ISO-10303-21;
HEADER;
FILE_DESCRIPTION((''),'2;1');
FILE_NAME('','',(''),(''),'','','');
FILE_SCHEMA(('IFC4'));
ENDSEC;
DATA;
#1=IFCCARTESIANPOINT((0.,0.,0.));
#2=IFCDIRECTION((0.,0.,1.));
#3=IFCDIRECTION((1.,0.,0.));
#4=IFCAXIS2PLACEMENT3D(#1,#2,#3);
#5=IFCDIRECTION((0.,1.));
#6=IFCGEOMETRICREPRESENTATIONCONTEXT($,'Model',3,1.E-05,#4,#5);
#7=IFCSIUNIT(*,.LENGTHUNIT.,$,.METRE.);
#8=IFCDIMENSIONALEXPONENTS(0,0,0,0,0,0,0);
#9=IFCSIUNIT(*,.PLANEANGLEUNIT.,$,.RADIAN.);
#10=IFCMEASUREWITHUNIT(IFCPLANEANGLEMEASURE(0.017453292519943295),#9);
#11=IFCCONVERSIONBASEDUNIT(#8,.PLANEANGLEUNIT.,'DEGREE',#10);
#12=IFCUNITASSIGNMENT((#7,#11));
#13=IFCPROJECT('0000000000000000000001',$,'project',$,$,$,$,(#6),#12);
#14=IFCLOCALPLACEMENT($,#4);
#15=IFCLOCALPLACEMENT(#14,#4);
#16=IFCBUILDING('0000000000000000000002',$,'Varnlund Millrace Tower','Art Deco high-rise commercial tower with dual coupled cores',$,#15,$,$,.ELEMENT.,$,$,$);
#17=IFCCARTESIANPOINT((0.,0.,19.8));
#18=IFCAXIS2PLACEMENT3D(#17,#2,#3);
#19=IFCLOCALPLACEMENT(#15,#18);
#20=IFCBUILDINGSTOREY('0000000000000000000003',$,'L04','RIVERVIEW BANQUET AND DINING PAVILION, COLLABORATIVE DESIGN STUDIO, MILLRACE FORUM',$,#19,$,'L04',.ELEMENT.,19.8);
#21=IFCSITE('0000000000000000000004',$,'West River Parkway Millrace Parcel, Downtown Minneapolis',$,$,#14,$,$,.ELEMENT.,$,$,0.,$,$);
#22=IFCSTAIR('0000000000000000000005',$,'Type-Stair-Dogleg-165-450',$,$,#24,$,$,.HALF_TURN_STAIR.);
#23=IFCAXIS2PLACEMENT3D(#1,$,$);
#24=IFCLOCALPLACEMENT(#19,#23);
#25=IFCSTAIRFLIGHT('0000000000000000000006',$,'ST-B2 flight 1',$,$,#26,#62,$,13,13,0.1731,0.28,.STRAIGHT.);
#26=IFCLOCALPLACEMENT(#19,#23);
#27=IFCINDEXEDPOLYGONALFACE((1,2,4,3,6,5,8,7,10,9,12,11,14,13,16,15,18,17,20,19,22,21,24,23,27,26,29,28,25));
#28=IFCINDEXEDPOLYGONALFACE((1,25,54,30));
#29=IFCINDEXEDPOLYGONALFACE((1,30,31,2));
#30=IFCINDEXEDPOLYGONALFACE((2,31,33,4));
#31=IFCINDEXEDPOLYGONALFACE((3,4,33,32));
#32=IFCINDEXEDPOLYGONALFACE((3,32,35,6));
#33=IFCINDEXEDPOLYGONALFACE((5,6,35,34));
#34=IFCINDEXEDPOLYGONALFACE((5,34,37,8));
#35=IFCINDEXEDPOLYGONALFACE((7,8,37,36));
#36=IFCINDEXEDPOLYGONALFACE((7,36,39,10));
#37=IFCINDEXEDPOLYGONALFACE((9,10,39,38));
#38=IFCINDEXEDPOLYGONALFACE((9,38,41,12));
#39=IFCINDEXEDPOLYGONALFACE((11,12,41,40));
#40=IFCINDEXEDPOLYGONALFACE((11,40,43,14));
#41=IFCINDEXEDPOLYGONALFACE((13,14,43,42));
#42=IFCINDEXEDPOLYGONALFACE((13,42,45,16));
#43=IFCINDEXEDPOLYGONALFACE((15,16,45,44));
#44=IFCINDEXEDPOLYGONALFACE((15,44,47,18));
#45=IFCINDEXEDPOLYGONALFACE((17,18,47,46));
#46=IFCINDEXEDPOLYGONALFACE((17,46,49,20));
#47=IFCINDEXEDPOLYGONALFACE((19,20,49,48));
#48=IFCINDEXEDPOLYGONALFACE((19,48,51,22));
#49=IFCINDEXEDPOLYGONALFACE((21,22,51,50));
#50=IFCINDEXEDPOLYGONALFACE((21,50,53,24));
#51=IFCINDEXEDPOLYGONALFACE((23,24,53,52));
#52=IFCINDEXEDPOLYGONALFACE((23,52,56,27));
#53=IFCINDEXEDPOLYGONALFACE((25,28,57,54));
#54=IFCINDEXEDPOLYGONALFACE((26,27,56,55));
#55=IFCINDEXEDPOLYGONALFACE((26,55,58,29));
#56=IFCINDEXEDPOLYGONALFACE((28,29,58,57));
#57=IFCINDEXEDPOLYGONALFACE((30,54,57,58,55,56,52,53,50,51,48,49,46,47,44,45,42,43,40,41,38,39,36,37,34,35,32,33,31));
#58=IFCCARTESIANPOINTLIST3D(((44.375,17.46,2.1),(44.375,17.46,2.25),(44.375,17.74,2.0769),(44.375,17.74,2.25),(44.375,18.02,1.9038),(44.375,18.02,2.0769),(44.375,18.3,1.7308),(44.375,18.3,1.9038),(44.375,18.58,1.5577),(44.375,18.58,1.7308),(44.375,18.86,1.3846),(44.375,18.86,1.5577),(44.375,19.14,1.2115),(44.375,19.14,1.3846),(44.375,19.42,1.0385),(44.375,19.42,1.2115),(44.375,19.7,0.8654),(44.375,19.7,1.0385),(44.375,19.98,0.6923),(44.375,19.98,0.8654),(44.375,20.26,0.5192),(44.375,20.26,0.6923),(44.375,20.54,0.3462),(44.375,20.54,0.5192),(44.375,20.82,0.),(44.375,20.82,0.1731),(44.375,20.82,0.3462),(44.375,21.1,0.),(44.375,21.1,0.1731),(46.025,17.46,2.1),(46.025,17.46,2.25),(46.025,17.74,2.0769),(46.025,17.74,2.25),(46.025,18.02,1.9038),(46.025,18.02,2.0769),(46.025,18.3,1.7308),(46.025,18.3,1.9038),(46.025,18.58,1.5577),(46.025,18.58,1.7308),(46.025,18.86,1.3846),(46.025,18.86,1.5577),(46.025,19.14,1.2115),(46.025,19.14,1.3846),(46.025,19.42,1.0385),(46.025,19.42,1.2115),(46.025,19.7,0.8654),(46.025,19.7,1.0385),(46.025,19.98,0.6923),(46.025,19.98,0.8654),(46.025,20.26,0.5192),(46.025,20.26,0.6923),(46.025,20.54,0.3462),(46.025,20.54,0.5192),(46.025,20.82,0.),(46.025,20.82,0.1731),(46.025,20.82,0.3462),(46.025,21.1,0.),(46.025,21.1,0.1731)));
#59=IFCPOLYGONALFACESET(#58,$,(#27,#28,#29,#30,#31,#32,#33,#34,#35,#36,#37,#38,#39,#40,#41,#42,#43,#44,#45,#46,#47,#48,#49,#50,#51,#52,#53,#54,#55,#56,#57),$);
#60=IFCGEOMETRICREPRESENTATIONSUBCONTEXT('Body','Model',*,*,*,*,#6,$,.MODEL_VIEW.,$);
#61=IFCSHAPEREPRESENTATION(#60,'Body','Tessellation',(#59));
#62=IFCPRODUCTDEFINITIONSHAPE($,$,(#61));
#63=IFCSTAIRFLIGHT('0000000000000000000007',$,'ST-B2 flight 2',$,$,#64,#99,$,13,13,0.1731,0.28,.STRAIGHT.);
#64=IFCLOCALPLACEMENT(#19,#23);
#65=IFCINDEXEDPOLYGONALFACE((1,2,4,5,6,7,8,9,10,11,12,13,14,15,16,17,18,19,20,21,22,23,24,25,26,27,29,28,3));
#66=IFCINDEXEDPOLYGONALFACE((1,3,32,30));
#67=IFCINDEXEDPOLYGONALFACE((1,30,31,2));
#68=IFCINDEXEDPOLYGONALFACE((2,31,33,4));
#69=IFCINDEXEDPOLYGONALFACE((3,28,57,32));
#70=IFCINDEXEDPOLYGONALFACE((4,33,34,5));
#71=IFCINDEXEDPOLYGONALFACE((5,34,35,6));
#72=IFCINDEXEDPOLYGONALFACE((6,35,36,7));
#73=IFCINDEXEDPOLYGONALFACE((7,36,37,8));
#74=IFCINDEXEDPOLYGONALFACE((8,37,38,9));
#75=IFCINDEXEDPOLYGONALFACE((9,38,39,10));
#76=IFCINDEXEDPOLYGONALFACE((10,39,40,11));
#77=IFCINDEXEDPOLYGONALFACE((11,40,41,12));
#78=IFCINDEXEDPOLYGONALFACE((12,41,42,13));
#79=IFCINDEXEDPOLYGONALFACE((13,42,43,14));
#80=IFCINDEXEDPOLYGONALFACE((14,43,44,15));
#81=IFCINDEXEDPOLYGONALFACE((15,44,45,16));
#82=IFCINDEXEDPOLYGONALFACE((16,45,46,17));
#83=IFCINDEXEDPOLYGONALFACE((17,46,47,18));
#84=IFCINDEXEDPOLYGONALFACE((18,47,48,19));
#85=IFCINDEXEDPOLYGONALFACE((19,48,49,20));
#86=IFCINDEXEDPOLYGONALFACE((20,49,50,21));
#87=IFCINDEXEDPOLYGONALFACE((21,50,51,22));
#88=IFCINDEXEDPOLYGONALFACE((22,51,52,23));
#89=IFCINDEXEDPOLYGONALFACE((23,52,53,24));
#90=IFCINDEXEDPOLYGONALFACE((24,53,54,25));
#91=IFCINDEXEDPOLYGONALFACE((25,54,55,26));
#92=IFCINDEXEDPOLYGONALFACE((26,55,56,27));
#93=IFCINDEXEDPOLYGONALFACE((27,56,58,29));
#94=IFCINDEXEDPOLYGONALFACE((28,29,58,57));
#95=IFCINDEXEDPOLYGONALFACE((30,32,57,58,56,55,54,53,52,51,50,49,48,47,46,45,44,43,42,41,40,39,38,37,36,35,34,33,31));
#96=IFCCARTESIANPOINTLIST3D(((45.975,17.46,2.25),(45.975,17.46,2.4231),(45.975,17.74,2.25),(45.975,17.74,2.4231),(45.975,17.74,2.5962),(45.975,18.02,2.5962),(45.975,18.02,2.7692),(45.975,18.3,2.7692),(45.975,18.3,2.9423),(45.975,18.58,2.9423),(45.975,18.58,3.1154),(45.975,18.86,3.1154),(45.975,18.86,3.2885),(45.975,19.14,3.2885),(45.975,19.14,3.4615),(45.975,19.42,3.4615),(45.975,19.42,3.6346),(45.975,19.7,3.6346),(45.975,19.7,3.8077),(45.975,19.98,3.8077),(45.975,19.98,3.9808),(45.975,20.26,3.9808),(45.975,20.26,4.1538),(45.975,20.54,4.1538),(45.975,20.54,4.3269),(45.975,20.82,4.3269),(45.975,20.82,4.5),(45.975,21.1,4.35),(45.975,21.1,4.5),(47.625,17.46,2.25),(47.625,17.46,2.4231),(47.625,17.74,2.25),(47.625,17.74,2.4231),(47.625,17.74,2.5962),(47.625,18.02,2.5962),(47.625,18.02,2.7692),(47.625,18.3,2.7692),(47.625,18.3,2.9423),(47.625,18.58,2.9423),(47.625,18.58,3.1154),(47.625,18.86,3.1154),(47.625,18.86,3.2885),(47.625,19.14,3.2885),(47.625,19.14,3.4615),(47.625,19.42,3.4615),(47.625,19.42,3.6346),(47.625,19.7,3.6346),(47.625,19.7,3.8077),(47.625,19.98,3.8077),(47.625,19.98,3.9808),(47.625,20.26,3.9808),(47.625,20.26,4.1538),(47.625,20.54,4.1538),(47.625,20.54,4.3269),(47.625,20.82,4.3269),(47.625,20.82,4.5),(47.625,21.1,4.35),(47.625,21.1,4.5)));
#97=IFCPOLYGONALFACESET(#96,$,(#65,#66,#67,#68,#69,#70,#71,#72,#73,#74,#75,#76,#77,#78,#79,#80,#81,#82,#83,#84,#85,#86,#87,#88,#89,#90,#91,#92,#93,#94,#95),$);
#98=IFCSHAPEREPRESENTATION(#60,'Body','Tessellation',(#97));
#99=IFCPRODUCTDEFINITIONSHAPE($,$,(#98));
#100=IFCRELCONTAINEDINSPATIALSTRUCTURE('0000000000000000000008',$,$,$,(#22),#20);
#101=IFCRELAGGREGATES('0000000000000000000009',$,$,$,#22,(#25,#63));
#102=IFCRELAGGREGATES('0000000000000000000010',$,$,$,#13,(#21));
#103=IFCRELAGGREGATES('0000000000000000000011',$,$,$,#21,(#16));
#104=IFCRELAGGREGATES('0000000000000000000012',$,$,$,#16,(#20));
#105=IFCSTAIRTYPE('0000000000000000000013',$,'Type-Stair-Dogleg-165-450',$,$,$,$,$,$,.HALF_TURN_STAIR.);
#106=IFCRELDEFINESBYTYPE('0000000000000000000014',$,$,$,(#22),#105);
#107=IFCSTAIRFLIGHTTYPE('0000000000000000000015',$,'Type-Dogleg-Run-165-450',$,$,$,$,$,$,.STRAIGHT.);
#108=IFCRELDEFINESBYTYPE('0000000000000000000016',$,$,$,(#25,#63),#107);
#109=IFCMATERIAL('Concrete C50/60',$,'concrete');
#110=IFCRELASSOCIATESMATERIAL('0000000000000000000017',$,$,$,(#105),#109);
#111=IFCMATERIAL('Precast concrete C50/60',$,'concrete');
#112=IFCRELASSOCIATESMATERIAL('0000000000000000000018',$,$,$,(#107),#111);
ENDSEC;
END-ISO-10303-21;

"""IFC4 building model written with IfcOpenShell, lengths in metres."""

from ifc_helpers import new_model, entity, si_unit, converted_unit, direction, frame, origin_with_axes, place, context, subcontext, project, spatial, polyline, outline, extrude, material, type_object, element, aggregate, save


model = new_model("IFC4")

# Units and contexts
model_context = context("Model", 3, precision=1e-05, world=origin_with_axes(), true_north=direction((0.0, 1.0)))
body_context = subcontext(model_context, "Body", "Model", "MODEL_VIEW")
ifc_project = project(units=[si_unit("LENGTHUNIT", "METRE"), converted_unit("PLANEANGLEUNIT", "DEGREE", entity("IfcPlaneAngleMeasure", 0.017453292519943295), si_unit("PLANEANGLEUNIT", "RADIAN"), dimensions=[0, 0, 0, 0, 0, 0, 0])], contexts=[model_context])

# Site, building, storey
site_placement = place(None, origin_with_axes())
site = spatial("IfcSite", under=ifc_project, at=site_placement, Name="West River Parkway Millrace Parcel, Downtown Minneapolis", CompositionType="ELEMENT", RefElevation=0.0)
building_placement = place(site_placement, origin_with_axes())
building = spatial("IfcBuilding", under=site, at=building_placement, Name="Varnlund Millrace Tower", Description="Art Deco high-rise commercial tower with dual coupled cores", CompositionType="ELEMENT")
storey_placement = place(building_placement, frame((0.0, 0.0, 19.8), z_axis=(0.0, 0.0, 1.0), x_axis=(1.0, 0.0, 0.0)))
storey = spatial("IfcBuildingStorey", under=building, at=storey_placement, Name="L04", Description="RIVERVIEW BANQUET AND DINING PAVILION, COLLABORATIVE DESIGN STUDIO, MILLRACE FORUM", LongName="L04", CompositionType="ELEMENT", Elevation=19.8)

# Stair, stair flights
ifc_material_1 = material(Name="Concrete C50/60", Category="concrete")
stair_type = type_object("IfcStairType", Name="Type-Stair-Dogleg-165-450", PredefinedType="HALF_TURN_STAIR", material=ifc_material_1)
stair_placement = place(storey_placement, origin_with_axes())
stair = element("IfcStair", 1, at=stair_placement, inside=storey, type_object=stair_type, Name="Type-Stair-Dogleg-165-450", PredefinedType="HALF_TURN_STAIR")
ifc_material_2 = material(Name="Precast concrete C50/60", Category="concrete")
stair_flight_type = type_object("IfcStairFlightType", Name="Type-Dogleg-Run-165-450", PredefinedType="STRAIGHT", material=ifc_material_2)
stair_flight_1_placement = place(storey_placement, frame((46.025, 21.1, 0.0), z_axis=(-1.0, 0.0, 0.0), x_axis=(0.0, -1.0, 0.0)))
stair_flight_1 = element("IfcStairFlight", 2, at=stair_flight_1_placement, type_object=stair_flight_type, Name="ST-B2 flight 1", NumberOfRisers=13, NumberOfTreads=13, PredefinedType="STRAIGHT", RiserHeight=0.1731, TreadLength=0.28, context=body_context, shape_type="SweptSolid", body=[
    extrude(outline(polyline([(0.0, 0.0), (0.0, 0.1731), (0.28, 0.1731), (0.28, 0.3462), (0.56, 0.3462), (0.56, 0.5192), (0.84, 0.5192), (0.84, 0.6923), (1.12, 0.6923), (1.12, 0.8654), (1.4, 0.8654), (1.4, 1.0385), (1.68, 1.0385), (1.68, 1.2115), (1.96, 1.2115), (1.96, 1.3846), (2.24, 1.3846), (2.24, 1.5577), (2.52, 1.5577), (2.52, 1.7308), (2.8, 1.7308), (2.8, 1.9038), (3.08, 1.9038), (3.08, 2.0769), (3.36, 2.0769), (3.36, 2.25), (3.64, 2.25), (3.64, 2.1), (0.28, 0.0), (0.0, 0.0)])), origin_with_axes(), (0.0, 0.0, 1.0), 1.65),
])
stair_flight_2_placement = place(storey_placement, frame((45.975, 17.46, 2.25), z_axis=(1.0, 0.0, 0.0), x_axis=(0.0, 1.0, 0.0)))
stair_flight_2 = element("IfcStairFlight", 3, at=stair_flight_2_placement, type_object=stair_flight_type, Name="ST-B2 flight 2", NumberOfRisers=13, NumberOfTreads=13, PredefinedType="STRAIGHT", RiserHeight=0.1731, TreadLength=0.28, context=body_context, shape_type="SweptSolid", body=[
    extrude(outline(polyline([(0.0, 0.0), (0.0, 0.1731), (0.28, 0.1731), (0.28, 0.3462), (0.56, 0.3462), (0.56, 0.5192), (0.84, 0.5192), (0.84, 0.6923), (1.12, 0.6923), (1.12, 0.8654), (1.4, 0.8654), (1.4, 1.0385), (1.68, 1.0385), (1.68, 1.2115), (1.96, 1.2115), (1.96, 1.3846), (2.24, 1.3846), (2.24, 1.5577), (2.52, 1.5577), (2.52, 1.7308), (2.8, 1.7308), (2.8, 1.9038), (3.08, 1.9038), (3.08, 2.0769), (3.36, 2.0769), (3.36, 2.25), (3.64, 2.25), (3.64, 2.1), (0.28, 0.0), (0.0, 0.0)])), origin_with_axes(), (0.0, 0.0, 1.0), 1.65),
])
aggregate(stair, [stair_flight_1, stair_flight_2])

save(model, "model.ifc")
